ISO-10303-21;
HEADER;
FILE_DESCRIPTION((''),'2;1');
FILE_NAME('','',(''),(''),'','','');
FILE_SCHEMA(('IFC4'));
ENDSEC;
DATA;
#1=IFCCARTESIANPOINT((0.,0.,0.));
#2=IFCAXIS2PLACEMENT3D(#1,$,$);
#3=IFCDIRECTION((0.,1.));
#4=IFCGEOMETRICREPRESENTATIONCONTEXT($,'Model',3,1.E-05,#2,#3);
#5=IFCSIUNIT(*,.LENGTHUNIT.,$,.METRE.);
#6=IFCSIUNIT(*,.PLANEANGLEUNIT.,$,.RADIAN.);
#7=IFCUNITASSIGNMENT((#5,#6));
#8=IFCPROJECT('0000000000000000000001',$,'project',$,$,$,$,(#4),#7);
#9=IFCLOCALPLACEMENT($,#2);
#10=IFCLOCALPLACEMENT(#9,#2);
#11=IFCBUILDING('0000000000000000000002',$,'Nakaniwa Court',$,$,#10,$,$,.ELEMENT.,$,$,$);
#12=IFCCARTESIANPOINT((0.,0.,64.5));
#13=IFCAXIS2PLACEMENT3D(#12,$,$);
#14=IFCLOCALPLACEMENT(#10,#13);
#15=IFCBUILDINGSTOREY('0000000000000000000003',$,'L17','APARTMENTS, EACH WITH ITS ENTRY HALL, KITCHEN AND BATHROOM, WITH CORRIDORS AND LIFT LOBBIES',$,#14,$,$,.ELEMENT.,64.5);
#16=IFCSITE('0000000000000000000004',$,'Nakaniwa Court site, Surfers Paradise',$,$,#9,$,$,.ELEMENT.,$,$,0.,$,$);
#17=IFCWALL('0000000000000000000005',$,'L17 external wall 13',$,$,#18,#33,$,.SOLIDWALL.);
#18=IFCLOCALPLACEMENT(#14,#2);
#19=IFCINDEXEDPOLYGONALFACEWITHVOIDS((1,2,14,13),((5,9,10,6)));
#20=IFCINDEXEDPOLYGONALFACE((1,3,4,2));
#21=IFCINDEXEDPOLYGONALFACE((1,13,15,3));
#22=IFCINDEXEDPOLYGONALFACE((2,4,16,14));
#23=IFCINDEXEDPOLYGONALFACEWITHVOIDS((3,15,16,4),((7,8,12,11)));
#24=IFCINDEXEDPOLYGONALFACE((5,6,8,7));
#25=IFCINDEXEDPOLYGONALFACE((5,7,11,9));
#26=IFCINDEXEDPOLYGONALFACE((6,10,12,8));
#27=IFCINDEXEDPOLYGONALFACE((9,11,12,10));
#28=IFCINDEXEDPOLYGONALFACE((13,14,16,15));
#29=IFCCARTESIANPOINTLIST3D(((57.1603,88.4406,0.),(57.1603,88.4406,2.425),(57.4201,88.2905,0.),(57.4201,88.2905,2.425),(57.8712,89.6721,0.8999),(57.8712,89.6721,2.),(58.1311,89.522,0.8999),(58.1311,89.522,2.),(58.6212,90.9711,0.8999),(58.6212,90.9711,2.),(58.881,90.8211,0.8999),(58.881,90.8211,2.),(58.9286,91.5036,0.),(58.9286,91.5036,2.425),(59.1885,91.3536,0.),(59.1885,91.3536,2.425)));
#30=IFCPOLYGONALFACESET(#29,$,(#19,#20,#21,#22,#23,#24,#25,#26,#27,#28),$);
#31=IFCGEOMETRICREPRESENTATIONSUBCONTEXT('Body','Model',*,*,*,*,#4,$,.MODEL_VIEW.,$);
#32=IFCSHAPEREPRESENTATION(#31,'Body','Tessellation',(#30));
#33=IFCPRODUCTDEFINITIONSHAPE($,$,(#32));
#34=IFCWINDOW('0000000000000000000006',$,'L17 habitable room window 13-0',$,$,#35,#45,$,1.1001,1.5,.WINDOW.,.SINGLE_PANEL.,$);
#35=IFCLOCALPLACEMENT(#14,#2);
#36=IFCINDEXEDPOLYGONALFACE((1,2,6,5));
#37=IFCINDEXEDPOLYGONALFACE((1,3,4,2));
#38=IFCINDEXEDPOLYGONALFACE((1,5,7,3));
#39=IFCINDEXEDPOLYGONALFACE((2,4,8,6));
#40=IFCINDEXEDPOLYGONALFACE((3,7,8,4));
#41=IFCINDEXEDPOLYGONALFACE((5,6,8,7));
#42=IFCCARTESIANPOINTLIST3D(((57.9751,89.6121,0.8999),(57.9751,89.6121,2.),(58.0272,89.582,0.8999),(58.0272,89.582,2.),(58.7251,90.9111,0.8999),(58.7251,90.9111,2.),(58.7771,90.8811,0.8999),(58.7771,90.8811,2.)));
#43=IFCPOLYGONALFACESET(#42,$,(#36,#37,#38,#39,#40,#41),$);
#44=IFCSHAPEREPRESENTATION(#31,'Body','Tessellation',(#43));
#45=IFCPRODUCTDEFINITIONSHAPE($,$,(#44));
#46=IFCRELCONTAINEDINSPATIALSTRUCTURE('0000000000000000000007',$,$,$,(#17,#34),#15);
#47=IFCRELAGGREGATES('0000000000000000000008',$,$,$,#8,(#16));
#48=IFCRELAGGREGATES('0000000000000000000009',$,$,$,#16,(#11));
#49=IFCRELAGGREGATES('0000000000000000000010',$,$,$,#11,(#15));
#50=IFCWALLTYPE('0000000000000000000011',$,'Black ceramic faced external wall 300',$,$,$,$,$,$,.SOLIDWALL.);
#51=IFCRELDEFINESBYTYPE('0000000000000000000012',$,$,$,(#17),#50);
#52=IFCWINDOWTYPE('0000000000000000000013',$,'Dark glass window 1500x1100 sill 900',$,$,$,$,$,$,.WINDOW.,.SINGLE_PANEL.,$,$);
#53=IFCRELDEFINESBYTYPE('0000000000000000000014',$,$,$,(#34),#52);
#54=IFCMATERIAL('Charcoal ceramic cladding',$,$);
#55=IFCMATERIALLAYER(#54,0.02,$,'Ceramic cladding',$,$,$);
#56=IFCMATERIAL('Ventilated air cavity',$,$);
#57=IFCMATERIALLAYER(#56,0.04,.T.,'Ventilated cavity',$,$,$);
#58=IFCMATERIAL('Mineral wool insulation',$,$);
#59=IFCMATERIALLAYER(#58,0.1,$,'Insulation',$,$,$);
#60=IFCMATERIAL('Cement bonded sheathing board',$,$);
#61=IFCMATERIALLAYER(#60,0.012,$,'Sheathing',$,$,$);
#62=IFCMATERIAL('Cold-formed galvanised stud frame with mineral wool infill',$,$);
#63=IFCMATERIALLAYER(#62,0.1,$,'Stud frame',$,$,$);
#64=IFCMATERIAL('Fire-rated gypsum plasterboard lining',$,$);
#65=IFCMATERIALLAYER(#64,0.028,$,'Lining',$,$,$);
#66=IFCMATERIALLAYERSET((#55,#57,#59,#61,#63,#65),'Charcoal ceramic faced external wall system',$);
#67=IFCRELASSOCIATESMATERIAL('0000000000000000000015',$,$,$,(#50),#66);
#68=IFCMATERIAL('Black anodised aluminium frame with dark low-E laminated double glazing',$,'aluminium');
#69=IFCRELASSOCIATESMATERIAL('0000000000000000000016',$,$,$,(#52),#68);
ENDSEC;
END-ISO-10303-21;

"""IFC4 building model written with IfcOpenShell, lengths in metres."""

from ifc_helpers import new_model, si_unit, direction, frame, frame_2d, origin, place, context, subcontext, project, spatial, rectangle, extrude, material, layer, layer_set, type_object, element, fill, save


model = new_model("IFC4")

# Units and contexts
model_context = context("Model", 3, precision=1e-05, world=origin(), true_north=direction((0.0, 1.0)))
body_context = subcontext(model_context, "Body", "Model", "MODEL_VIEW")
ifc_project = project(units=[si_unit("LENGTHUNIT", "METRE"), si_unit("PLANEANGLEUNIT", "RADIAN")], contexts=[model_context])

# Site, building, storey
site_placement = place(None, origin())
site = spatial("IfcSite", under=ifc_project, at=site_placement, Name="Nakaniwa Court site, Surfers Paradise", CompositionType="ELEMENT", RefElevation=0.0)
building_placement = place(site_placement, origin())
building = spatial("IfcBuilding", under=site, at=building_placement, Name="Nakaniwa Court", CompositionType="ELEMENT")
storey_placement = place(building_placement, frame((0.0, 0.0, 64.5)))
storey = spatial("IfcBuildingStorey", under=building, at=storey_placement, Name="L17", Description="APARTMENTS, EACH WITH ITS ENTRY HALL, KITCHEN AND BATHROOM, WITH CORRIDORS AND LIFT LOBBIES", CompositionType="ELEMENT", Elevation=64.5)

# Wall, opening, window
ifc_material_1 = material(Name="Charcoal ceramic cladding")
ifc_layer_1 = layer(ifc_material_1, 0.02, Name="Ceramic cladding")
ifc_material_2 = material(Name="Ventilated air cavity")
ifc_layer_2 = layer(ifc_material_2, 0.04, ventilated=True, Name="Ventilated cavity")
ifc_material_3 = material(Name="Mineral wool insulation")
ifc_layer_3 = layer(ifc_material_3, 0.1, Name="Insulation")
ifc_material_4 = material(Name="Cement bonded sheathing board")
ifc_layer_4 = layer(ifc_material_4, 0.012, Name="Sheathing")
ifc_material_5 = material(Name="Cold-formed galvanised stud frame with mineral wool infill")
ifc_layer_5 = layer(ifc_material_5, 0.1, Name="Stud frame")
ifc_material_6 = material(Name="Fire-rated gypsum plasterboard lining")
ifc_layer_6 = layer(ifc_material_6, 0.028, Name="Lining")
ifc_layer_set_1 = layer_set([ifc_layer_1, ifc_layer_2, ifc_layer_3, ifc_layer_4, ifc_layer_5, ifc_layer_6], Name="Charcoal ceramic faced external wall system")
wall_type_1 = type_object("IfcWallType", Name="Black ceramic faced external wall 300", PredefinedType="SOLIDWALL", material=ifc_layer_set_1)
ifc_material_7 = material(Name="Black anodised aluminium frame with dark low-E laminated double glazing", Category="aluminium")
wall_1_placement = place(storey_placement, frame((59.0586, 91.4287, 0.0), z_axis=(0.0, 0.0, 1.0), x_axis=(-0.499977, -0.866038, 0.0)))
wall_1 = element("IfcWall", 1, at=wall_1_placement, inside=storey, type_object=wall_type_1, Name="L17 external wall 13", PredefinedType="SOLIDWALL", context=body_context, shape_type="SweptSolid", body=[
    extrude(rectangle(XDim=3.5369, YDim=0.3, at=frame_2d((1.7686, 0.0))), origin(), (0.0, 0.0, 1.0), 2.425),
])
opening_1_placement = place(wall_1_placement, frame((0.615, 0.0, 0.8999)))
opening_1 = element("IfcOpeningElement", 2, at=opening_1_placement, cuts=wall_1, PredefinedType="OPENING", context=body_context, shape_type="SweptSolid", body=[
    extrude(rectangle(XDim=1.5, YDim=1.1001, at=frame_2d((0.75, 0.55))), frame((0.0, 0.1599, 0.0), z_axis=(0.0, -1.0, 0.0), x_axis=(1.0, 0.0, 0.0)), (0.0, 0.0, 1.0), 0.3201),
])
window_type_1 = type_object("IfcWindowType", Name="Dark glass window 1500x1100 sill 900", PartitioningType="SINGLE_PANEL", PredefinedType="WINDOW", material=ifc_material_7)
window_1_placement = place(opening_1_placement, origin())
window_1 = element("IfcWindow", 3, at=window_1_placement, inside=storey, type_object=window_type_1, Name="L17 habitable room window 13-0", OverallHeight=1.1001, OverallWidth=1.5, PartitioningType="SINGLE_PANEL", PredefinedType="WINDOW", context=body_context, shape_type="SweptSolid", body=[
    extrude(rectangle(XDim=1.5, YDim=1.1001, at=frame_2d((0.75, 0.55))), frame((0.0, 0.03, 0.0), z_axis=(0.0, -1.0, 0.0), x_axis=(1.0, 0.0, 0.0)), (0.0, 0.0, 1.0), 0.0601),
])
fill(opening_1, window_1)

save(model, "model.ifc")
